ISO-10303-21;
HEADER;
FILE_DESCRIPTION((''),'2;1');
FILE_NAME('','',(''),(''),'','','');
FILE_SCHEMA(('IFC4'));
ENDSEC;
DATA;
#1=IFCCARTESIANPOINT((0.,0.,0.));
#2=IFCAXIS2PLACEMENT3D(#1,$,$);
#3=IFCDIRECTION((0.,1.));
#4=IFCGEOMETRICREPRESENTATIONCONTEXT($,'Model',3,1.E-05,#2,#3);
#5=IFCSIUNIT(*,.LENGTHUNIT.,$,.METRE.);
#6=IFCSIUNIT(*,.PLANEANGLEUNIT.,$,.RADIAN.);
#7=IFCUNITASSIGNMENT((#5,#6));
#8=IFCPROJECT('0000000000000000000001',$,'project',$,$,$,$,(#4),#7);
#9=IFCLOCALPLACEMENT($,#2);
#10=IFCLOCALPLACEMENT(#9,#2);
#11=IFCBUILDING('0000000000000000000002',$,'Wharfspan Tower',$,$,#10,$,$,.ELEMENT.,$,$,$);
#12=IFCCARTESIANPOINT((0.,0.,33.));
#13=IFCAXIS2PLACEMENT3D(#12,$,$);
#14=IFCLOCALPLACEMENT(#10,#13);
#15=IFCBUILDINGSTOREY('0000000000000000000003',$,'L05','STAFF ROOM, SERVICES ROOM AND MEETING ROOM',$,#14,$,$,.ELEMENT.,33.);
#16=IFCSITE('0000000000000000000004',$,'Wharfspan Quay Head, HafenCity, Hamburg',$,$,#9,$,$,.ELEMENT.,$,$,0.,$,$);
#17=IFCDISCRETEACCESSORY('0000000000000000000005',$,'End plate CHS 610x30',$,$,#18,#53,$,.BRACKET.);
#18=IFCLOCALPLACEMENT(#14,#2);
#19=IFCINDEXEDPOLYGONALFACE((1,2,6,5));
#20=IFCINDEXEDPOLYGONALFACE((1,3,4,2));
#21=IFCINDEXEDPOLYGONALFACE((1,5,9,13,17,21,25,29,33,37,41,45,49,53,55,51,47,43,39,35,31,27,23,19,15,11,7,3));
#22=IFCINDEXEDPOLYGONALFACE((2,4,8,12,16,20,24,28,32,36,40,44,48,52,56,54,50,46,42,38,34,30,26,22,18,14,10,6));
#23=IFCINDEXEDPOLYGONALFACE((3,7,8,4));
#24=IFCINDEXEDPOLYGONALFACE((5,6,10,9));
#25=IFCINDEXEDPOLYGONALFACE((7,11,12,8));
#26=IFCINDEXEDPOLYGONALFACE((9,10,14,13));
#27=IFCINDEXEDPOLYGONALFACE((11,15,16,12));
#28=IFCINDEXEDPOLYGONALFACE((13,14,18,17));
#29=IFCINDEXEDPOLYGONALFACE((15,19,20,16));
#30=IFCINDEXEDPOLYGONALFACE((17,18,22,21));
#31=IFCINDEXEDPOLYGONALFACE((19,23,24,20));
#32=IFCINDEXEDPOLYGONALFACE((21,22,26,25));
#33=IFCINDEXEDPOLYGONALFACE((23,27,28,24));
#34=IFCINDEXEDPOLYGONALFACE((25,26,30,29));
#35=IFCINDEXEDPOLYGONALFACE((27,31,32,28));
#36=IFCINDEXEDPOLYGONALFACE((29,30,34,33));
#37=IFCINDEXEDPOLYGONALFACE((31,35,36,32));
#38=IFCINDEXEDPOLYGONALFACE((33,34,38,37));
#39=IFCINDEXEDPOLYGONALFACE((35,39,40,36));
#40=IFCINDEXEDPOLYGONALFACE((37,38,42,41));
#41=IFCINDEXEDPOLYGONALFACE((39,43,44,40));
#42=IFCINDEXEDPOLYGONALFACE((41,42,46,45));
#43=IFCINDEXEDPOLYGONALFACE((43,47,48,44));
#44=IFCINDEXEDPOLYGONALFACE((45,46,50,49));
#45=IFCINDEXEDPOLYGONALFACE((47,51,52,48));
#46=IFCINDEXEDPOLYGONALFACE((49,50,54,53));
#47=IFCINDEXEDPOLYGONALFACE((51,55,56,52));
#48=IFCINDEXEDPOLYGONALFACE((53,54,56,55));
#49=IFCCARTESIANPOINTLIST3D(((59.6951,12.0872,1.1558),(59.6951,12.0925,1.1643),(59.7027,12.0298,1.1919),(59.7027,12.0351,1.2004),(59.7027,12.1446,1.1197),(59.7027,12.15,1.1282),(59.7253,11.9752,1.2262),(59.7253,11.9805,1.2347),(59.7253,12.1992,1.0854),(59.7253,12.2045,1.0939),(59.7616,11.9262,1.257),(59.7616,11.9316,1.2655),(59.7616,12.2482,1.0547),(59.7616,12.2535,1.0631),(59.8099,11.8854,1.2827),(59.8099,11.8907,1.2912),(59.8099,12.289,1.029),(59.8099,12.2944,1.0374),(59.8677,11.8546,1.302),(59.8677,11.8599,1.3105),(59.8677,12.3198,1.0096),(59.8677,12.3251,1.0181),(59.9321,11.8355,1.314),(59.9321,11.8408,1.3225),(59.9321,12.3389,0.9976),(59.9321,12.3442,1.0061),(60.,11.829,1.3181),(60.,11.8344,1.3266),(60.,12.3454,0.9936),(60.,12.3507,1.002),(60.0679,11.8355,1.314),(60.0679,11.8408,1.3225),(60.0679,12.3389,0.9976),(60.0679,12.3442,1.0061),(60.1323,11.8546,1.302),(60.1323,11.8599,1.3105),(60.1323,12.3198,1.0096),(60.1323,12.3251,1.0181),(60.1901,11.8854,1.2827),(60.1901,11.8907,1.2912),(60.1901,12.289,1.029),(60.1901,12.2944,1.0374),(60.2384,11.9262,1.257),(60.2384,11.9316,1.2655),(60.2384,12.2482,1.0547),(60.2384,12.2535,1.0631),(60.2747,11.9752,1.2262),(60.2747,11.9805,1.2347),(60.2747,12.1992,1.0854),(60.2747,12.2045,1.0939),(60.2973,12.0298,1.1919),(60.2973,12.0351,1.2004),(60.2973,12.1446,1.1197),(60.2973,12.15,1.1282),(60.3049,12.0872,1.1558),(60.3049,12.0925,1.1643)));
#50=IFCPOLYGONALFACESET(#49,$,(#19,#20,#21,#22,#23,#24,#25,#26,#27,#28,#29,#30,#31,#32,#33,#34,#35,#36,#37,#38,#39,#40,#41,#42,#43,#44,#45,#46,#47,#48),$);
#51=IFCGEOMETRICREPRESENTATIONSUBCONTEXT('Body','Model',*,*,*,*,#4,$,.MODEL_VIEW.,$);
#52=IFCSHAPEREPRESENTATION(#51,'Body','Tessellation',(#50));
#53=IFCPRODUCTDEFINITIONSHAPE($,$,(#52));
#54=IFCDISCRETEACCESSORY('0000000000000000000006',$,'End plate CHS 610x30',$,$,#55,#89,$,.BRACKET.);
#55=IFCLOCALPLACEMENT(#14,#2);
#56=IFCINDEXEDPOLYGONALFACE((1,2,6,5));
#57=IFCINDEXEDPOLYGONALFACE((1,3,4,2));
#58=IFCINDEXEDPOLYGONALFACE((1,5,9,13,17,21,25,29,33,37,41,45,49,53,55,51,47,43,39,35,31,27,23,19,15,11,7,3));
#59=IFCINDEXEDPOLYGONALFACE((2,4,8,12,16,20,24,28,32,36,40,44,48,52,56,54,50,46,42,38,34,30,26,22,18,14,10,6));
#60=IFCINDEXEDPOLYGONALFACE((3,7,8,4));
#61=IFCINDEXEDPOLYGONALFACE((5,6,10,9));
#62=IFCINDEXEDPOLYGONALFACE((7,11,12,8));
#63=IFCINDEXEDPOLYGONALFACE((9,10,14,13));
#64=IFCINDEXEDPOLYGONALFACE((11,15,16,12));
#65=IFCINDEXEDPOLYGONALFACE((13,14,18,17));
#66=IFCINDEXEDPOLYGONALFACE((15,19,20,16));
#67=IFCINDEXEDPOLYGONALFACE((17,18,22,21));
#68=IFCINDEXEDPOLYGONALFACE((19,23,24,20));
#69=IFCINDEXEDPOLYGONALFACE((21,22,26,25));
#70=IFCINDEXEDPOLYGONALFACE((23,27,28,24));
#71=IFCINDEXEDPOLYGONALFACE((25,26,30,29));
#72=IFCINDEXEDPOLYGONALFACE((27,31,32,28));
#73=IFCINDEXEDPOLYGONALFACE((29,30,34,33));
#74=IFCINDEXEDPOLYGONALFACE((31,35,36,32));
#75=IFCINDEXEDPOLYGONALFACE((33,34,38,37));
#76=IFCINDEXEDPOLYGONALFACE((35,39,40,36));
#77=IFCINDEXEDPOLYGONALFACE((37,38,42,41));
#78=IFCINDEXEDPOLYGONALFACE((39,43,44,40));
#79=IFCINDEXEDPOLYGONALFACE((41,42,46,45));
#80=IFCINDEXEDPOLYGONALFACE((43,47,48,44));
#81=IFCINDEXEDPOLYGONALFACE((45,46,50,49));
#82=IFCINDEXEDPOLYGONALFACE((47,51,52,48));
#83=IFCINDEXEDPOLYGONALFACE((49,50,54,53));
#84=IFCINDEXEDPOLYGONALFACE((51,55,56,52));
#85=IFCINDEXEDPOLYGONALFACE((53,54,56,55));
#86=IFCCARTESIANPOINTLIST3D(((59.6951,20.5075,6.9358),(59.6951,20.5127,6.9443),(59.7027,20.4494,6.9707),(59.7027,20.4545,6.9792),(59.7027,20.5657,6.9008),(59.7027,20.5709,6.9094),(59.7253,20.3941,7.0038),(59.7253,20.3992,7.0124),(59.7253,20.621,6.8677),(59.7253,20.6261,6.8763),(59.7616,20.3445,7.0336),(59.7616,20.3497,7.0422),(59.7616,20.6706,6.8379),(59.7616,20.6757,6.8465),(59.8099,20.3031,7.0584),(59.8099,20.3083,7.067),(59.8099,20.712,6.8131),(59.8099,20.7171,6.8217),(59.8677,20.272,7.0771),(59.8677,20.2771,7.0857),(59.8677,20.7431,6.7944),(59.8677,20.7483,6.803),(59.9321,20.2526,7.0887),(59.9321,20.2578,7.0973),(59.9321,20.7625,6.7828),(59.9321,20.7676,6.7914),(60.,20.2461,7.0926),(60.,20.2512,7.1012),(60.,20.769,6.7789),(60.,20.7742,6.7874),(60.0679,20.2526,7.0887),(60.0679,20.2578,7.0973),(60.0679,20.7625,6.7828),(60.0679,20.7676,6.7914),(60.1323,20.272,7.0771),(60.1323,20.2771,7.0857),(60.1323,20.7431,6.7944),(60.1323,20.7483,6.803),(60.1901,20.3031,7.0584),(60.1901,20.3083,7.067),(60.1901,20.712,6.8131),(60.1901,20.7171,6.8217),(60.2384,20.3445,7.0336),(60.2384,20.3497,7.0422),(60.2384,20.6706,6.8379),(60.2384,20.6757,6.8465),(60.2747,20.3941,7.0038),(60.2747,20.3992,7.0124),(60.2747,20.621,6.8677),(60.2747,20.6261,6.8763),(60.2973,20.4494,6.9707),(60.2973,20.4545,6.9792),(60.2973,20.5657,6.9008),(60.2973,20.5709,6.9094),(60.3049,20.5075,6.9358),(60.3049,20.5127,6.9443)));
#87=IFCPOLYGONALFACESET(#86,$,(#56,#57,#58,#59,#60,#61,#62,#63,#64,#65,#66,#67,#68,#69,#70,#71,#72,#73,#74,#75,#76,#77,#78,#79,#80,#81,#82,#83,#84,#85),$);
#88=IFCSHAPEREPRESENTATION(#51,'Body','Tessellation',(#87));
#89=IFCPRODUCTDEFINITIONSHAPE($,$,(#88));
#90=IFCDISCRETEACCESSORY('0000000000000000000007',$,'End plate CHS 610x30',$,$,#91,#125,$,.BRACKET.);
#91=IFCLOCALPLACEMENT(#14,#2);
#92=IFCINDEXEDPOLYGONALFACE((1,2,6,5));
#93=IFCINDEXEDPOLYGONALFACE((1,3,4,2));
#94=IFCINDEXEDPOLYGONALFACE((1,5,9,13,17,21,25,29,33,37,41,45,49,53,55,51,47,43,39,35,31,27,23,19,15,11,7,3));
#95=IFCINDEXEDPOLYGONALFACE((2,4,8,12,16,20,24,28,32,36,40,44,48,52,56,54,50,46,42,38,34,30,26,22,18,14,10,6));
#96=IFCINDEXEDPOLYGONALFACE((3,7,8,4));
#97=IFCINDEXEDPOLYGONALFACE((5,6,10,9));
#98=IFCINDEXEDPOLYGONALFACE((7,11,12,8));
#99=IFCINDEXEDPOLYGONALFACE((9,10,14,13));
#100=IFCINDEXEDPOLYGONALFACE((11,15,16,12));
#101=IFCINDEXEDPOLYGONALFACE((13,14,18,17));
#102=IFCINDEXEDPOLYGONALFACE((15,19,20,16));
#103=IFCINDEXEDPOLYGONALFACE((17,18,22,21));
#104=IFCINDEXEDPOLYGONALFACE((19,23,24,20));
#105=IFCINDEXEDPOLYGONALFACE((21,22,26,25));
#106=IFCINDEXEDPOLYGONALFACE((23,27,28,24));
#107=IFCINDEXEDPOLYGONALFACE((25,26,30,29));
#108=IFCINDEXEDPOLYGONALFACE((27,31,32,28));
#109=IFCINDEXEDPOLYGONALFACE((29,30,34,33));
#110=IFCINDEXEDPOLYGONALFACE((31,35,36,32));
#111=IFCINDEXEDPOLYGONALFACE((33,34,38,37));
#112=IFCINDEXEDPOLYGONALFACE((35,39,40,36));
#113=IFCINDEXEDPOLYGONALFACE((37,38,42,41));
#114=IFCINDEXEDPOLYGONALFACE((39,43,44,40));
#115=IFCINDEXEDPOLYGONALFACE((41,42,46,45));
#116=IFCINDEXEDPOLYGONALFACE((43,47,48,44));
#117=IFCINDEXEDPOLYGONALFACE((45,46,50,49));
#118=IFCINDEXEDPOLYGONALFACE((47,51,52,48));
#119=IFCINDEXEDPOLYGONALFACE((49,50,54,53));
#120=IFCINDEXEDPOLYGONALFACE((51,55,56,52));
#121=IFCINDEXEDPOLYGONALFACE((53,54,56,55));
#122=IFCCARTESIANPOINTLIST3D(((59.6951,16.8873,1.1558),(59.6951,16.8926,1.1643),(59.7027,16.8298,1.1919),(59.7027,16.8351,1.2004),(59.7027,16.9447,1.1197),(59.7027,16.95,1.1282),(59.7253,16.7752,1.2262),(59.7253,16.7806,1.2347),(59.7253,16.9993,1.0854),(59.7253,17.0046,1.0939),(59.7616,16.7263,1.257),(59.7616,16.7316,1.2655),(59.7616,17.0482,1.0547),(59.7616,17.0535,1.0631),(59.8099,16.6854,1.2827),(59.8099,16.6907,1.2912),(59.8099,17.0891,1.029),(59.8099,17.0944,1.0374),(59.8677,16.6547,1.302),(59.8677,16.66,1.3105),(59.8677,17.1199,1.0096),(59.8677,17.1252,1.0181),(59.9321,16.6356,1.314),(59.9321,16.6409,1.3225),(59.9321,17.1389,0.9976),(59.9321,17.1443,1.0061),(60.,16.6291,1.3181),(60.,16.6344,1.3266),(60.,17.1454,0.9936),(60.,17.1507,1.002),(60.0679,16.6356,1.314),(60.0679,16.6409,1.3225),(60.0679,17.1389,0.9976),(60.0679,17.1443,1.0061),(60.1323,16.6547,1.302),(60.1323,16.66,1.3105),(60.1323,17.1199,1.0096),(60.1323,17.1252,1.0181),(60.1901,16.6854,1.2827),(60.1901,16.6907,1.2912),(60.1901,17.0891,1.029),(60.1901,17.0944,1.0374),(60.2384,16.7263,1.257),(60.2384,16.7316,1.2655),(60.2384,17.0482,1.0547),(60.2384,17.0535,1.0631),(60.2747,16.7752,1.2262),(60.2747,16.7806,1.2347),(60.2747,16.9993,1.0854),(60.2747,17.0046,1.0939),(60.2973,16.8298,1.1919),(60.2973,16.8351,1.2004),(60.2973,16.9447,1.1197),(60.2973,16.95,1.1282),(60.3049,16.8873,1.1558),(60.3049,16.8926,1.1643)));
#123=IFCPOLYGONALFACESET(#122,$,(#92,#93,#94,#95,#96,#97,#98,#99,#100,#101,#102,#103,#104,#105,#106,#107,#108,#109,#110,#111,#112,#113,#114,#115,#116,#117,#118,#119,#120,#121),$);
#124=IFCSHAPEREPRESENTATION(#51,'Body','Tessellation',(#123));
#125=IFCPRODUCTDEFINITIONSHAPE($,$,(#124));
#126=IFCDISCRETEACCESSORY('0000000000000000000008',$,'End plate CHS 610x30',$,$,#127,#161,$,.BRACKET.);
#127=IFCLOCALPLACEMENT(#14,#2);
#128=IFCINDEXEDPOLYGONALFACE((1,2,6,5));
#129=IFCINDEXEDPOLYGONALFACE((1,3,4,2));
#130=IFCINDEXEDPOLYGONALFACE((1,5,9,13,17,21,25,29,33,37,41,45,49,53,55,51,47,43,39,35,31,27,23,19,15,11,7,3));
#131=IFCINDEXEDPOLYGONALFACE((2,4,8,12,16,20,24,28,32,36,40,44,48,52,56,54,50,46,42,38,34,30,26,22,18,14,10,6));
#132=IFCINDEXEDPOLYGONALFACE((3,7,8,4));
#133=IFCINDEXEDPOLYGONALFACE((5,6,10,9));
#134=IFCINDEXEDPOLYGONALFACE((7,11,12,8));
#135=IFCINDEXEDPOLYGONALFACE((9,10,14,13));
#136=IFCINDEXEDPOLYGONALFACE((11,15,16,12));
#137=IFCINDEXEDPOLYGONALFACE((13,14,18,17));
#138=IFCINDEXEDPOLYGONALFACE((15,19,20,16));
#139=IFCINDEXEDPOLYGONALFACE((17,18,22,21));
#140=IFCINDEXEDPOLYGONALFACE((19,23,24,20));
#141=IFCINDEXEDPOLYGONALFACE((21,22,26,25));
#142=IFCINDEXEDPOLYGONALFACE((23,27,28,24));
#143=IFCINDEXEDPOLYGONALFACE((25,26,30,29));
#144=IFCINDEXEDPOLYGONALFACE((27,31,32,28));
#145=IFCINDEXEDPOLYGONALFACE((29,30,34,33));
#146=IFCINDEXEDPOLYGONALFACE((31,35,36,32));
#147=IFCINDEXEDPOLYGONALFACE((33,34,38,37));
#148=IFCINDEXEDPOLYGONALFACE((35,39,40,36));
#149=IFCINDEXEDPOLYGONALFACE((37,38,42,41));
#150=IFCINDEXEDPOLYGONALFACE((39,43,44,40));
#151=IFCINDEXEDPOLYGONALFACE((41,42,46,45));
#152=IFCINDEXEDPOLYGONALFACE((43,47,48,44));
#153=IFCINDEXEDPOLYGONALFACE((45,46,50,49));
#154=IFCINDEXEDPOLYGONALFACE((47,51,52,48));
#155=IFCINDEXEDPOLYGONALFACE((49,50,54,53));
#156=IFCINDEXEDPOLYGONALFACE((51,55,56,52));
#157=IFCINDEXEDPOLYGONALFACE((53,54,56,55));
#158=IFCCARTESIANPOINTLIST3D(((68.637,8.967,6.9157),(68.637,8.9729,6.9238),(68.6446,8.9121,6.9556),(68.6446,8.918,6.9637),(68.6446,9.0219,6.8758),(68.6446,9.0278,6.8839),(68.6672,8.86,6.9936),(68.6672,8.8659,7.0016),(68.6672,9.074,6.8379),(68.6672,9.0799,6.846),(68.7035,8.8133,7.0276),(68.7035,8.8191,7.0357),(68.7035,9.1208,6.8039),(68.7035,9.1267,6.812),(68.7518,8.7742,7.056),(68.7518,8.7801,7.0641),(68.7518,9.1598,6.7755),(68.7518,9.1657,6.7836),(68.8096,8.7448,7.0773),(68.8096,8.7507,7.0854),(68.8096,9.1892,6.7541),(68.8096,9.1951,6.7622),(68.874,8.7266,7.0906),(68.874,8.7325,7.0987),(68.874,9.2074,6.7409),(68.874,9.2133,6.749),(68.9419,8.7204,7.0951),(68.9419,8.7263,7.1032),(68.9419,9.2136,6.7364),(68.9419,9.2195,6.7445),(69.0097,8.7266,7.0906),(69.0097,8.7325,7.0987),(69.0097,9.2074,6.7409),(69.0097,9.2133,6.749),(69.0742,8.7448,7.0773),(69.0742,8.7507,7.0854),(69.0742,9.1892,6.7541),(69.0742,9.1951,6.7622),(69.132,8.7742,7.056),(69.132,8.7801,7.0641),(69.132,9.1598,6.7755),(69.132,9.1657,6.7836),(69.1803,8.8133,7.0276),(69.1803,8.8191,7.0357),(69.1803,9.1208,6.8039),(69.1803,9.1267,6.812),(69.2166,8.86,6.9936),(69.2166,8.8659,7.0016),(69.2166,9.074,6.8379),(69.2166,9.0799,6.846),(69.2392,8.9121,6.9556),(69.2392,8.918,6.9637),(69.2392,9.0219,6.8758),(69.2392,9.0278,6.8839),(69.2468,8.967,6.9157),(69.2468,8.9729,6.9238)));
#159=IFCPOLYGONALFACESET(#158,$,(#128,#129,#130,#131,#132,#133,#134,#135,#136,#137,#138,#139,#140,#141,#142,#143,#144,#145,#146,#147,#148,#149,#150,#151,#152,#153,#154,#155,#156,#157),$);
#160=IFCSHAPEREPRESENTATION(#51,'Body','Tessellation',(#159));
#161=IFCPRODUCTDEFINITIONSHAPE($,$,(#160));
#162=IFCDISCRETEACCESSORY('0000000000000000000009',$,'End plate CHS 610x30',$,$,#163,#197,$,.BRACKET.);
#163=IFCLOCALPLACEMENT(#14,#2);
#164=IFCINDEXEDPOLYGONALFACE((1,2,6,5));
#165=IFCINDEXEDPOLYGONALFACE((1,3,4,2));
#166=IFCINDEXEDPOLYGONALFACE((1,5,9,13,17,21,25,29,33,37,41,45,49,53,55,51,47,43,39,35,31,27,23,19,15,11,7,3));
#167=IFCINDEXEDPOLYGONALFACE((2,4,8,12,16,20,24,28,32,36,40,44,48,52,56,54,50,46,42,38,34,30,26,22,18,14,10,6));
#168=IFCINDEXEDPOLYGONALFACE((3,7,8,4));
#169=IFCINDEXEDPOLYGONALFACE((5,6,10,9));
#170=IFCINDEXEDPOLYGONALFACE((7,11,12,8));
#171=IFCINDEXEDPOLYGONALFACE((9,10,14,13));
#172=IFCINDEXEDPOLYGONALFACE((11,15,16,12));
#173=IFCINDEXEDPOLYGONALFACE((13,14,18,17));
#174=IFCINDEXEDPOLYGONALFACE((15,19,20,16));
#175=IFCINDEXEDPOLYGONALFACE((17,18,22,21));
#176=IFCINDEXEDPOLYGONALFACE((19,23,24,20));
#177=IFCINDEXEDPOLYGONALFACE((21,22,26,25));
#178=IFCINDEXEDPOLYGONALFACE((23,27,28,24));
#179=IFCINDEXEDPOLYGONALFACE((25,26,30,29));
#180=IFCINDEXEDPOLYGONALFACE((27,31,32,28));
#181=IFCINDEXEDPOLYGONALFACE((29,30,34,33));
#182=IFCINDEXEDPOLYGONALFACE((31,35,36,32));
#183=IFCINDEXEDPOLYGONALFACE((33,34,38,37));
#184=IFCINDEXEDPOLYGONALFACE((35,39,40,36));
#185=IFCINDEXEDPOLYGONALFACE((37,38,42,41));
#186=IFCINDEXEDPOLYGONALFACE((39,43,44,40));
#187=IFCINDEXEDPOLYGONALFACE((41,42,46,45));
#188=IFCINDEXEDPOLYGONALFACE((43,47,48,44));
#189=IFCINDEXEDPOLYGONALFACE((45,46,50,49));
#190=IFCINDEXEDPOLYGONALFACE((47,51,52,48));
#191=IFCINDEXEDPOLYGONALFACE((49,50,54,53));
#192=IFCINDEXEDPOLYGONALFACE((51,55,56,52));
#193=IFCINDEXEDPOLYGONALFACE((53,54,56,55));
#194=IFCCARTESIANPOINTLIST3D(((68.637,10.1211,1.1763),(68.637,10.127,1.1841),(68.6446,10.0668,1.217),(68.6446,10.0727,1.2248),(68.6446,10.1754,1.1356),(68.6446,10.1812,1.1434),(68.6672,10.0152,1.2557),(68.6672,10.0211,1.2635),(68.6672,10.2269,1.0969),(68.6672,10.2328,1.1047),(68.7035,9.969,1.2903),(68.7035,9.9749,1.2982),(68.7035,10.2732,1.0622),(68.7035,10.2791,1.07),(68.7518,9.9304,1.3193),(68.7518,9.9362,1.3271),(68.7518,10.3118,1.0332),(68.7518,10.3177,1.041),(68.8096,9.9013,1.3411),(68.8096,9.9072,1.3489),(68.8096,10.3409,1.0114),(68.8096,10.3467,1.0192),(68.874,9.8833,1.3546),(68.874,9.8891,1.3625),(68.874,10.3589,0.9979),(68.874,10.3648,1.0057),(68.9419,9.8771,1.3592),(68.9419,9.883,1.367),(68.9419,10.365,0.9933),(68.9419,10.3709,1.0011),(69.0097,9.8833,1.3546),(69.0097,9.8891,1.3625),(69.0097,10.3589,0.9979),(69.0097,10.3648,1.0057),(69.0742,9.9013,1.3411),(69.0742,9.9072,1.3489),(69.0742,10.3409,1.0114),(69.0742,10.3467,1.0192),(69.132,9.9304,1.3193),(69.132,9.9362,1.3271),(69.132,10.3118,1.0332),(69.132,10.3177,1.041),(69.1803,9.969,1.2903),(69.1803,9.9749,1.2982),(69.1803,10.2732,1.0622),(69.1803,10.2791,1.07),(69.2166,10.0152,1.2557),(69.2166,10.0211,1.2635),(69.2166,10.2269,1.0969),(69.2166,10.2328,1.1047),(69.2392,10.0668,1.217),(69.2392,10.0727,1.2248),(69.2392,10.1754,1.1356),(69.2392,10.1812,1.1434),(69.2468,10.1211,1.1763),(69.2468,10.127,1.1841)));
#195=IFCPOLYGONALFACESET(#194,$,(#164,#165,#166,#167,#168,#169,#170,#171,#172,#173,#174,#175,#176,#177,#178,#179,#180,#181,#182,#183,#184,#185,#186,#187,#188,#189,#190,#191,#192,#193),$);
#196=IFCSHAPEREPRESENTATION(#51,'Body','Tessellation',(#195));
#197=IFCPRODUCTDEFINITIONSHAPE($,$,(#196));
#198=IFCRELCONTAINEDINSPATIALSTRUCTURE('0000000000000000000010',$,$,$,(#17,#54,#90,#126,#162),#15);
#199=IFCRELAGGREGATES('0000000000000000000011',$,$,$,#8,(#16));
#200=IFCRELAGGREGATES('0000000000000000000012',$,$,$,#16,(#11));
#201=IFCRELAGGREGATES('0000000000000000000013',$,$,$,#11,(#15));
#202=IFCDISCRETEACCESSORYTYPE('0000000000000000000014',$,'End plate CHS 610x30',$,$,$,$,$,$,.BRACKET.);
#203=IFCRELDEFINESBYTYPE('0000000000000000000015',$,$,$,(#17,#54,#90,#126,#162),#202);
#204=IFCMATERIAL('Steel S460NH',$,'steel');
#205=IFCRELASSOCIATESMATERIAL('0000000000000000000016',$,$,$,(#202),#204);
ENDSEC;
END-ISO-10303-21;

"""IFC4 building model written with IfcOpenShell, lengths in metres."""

from ifc_helpers import new_model, si_unit, direction, frame, origin, origin_2d, place, context, subcontext, project, spatial, circle, extrude, material, material_profile, profile_set, type_object, element, save


model = new_model("IFC4")

# Units and contexts
model_context = context("Model", 3, precision=1e-05, world=origin(), true_north=direction((0.0, 1.0)))
body_context = subcontext(model_context, "Body", "Model", "MODEL_VIEW")
ifc_project = project(units=[si_unit("LENGTHUNIT", "METRE"), si_unit("PLANEANGLEUNIT", "RADIAN")], contexts=[model_context])

# Site, building, storey
site_placement = place(None, origin())
site = spatial("IfcSite", under=ifc_project, at=site_placement, Name="Wharfspan Quay Head, HafenCity, Hamburg", CompositionType="ELEMENT", RefElevation=0.0)
building_placement = place(site_placement, origin())
building = spatial("IfcBuilding", under=site, at=building_placement, Name="Wharfspan Tower", CompositionType="ELEMENT")
storey_placement = place(building_placement, frame((0.0, 0.0, 33.0)))
storey = spatial("IfcBuildingStorey", under=building, at=storey_placement, Name="L05", Description="STAFF ROOM, SERVICES ROOM AND MEETING ROOM", CompositionType="ELEMENT", Elevation=33.0)

# Shared definitions
ifc_material_1 = material(Name="Steel S460NH", Category="steel")

# Discrete accessories
ifc_material_profile_1 = material_profile(ifc_material_1, circle(Radius=0.3049, at=origin_2d()))
ifc_profile_set_1 = profile_set([ifc_material_profile_1], Name="Steel S460NH")
discrete_accessory_type = type_object("IfcDiscreteAccessoryType", Name="End plate CHS 610x30", PredefinedType="BRACKET", material=ifc_profile_set_1)
for number, where, z_axis, x_axis, name in (
    (1, (60.0, 12.0925, 1.1643), (0.0, -0.532172, -0.846637), (1.0, 0.0, 0.0), "End plate CHS 610x30"),
    (2, (60.0, 20.5127, 6.9443), (0.0, -0.514496, -0.857493), (1.0, 0.0, 0.0), "End plate CHS 610x30"),
    (3, (60.0, 16.8926, 1.1643), (0.0, -0.532172, -0.846637), (1.0, 0.0, 0.0), "End plate CHS 610x30"),
    (4, (68.9419, 8.9729, 6.9238), (0.0, -0.588172, -0.808736), (1.0, 0.0, 0.0), "End plate CHS 610x30"),
):
    element("IfcDiscreteAccessory", number, at=place(storey_placement, frame(where, z_axis=z_axis, x_axis=x_axis)), inside=storey, type_object=discrete_accessory_type, Name=name, PredefinedType="BRACKET", context=body_context, shape_type="SweptSolid", body=[
        extrude(circle(Radius=0.3049, at=origin_2d()), origin(), (0.0, 0.0, 1.0), 0.01),
    ])
discrete_accessory_placement = place(storey_placement, frame((68.9419, 10.127, 1.1841), z_axis=(0.0, -0.6, -0.8), x_axis=(1.0, 0.0, 0.0)))
element("IfcDiscreteAccessory", 5, at=discrete_accessory_placement, inside=storey, type_object=discrete_accessory_type, Name="End plate CHS 610x30", PredefinedType="BRACKET", context=body_context, shape_type="SweptSolid", body=[
    extrude(circle(Radius=0.3049, at=origin_2d()), origin(), (0.0, 0.0, 1.0), 0.0098),
])

save(model, "model.ifc")
